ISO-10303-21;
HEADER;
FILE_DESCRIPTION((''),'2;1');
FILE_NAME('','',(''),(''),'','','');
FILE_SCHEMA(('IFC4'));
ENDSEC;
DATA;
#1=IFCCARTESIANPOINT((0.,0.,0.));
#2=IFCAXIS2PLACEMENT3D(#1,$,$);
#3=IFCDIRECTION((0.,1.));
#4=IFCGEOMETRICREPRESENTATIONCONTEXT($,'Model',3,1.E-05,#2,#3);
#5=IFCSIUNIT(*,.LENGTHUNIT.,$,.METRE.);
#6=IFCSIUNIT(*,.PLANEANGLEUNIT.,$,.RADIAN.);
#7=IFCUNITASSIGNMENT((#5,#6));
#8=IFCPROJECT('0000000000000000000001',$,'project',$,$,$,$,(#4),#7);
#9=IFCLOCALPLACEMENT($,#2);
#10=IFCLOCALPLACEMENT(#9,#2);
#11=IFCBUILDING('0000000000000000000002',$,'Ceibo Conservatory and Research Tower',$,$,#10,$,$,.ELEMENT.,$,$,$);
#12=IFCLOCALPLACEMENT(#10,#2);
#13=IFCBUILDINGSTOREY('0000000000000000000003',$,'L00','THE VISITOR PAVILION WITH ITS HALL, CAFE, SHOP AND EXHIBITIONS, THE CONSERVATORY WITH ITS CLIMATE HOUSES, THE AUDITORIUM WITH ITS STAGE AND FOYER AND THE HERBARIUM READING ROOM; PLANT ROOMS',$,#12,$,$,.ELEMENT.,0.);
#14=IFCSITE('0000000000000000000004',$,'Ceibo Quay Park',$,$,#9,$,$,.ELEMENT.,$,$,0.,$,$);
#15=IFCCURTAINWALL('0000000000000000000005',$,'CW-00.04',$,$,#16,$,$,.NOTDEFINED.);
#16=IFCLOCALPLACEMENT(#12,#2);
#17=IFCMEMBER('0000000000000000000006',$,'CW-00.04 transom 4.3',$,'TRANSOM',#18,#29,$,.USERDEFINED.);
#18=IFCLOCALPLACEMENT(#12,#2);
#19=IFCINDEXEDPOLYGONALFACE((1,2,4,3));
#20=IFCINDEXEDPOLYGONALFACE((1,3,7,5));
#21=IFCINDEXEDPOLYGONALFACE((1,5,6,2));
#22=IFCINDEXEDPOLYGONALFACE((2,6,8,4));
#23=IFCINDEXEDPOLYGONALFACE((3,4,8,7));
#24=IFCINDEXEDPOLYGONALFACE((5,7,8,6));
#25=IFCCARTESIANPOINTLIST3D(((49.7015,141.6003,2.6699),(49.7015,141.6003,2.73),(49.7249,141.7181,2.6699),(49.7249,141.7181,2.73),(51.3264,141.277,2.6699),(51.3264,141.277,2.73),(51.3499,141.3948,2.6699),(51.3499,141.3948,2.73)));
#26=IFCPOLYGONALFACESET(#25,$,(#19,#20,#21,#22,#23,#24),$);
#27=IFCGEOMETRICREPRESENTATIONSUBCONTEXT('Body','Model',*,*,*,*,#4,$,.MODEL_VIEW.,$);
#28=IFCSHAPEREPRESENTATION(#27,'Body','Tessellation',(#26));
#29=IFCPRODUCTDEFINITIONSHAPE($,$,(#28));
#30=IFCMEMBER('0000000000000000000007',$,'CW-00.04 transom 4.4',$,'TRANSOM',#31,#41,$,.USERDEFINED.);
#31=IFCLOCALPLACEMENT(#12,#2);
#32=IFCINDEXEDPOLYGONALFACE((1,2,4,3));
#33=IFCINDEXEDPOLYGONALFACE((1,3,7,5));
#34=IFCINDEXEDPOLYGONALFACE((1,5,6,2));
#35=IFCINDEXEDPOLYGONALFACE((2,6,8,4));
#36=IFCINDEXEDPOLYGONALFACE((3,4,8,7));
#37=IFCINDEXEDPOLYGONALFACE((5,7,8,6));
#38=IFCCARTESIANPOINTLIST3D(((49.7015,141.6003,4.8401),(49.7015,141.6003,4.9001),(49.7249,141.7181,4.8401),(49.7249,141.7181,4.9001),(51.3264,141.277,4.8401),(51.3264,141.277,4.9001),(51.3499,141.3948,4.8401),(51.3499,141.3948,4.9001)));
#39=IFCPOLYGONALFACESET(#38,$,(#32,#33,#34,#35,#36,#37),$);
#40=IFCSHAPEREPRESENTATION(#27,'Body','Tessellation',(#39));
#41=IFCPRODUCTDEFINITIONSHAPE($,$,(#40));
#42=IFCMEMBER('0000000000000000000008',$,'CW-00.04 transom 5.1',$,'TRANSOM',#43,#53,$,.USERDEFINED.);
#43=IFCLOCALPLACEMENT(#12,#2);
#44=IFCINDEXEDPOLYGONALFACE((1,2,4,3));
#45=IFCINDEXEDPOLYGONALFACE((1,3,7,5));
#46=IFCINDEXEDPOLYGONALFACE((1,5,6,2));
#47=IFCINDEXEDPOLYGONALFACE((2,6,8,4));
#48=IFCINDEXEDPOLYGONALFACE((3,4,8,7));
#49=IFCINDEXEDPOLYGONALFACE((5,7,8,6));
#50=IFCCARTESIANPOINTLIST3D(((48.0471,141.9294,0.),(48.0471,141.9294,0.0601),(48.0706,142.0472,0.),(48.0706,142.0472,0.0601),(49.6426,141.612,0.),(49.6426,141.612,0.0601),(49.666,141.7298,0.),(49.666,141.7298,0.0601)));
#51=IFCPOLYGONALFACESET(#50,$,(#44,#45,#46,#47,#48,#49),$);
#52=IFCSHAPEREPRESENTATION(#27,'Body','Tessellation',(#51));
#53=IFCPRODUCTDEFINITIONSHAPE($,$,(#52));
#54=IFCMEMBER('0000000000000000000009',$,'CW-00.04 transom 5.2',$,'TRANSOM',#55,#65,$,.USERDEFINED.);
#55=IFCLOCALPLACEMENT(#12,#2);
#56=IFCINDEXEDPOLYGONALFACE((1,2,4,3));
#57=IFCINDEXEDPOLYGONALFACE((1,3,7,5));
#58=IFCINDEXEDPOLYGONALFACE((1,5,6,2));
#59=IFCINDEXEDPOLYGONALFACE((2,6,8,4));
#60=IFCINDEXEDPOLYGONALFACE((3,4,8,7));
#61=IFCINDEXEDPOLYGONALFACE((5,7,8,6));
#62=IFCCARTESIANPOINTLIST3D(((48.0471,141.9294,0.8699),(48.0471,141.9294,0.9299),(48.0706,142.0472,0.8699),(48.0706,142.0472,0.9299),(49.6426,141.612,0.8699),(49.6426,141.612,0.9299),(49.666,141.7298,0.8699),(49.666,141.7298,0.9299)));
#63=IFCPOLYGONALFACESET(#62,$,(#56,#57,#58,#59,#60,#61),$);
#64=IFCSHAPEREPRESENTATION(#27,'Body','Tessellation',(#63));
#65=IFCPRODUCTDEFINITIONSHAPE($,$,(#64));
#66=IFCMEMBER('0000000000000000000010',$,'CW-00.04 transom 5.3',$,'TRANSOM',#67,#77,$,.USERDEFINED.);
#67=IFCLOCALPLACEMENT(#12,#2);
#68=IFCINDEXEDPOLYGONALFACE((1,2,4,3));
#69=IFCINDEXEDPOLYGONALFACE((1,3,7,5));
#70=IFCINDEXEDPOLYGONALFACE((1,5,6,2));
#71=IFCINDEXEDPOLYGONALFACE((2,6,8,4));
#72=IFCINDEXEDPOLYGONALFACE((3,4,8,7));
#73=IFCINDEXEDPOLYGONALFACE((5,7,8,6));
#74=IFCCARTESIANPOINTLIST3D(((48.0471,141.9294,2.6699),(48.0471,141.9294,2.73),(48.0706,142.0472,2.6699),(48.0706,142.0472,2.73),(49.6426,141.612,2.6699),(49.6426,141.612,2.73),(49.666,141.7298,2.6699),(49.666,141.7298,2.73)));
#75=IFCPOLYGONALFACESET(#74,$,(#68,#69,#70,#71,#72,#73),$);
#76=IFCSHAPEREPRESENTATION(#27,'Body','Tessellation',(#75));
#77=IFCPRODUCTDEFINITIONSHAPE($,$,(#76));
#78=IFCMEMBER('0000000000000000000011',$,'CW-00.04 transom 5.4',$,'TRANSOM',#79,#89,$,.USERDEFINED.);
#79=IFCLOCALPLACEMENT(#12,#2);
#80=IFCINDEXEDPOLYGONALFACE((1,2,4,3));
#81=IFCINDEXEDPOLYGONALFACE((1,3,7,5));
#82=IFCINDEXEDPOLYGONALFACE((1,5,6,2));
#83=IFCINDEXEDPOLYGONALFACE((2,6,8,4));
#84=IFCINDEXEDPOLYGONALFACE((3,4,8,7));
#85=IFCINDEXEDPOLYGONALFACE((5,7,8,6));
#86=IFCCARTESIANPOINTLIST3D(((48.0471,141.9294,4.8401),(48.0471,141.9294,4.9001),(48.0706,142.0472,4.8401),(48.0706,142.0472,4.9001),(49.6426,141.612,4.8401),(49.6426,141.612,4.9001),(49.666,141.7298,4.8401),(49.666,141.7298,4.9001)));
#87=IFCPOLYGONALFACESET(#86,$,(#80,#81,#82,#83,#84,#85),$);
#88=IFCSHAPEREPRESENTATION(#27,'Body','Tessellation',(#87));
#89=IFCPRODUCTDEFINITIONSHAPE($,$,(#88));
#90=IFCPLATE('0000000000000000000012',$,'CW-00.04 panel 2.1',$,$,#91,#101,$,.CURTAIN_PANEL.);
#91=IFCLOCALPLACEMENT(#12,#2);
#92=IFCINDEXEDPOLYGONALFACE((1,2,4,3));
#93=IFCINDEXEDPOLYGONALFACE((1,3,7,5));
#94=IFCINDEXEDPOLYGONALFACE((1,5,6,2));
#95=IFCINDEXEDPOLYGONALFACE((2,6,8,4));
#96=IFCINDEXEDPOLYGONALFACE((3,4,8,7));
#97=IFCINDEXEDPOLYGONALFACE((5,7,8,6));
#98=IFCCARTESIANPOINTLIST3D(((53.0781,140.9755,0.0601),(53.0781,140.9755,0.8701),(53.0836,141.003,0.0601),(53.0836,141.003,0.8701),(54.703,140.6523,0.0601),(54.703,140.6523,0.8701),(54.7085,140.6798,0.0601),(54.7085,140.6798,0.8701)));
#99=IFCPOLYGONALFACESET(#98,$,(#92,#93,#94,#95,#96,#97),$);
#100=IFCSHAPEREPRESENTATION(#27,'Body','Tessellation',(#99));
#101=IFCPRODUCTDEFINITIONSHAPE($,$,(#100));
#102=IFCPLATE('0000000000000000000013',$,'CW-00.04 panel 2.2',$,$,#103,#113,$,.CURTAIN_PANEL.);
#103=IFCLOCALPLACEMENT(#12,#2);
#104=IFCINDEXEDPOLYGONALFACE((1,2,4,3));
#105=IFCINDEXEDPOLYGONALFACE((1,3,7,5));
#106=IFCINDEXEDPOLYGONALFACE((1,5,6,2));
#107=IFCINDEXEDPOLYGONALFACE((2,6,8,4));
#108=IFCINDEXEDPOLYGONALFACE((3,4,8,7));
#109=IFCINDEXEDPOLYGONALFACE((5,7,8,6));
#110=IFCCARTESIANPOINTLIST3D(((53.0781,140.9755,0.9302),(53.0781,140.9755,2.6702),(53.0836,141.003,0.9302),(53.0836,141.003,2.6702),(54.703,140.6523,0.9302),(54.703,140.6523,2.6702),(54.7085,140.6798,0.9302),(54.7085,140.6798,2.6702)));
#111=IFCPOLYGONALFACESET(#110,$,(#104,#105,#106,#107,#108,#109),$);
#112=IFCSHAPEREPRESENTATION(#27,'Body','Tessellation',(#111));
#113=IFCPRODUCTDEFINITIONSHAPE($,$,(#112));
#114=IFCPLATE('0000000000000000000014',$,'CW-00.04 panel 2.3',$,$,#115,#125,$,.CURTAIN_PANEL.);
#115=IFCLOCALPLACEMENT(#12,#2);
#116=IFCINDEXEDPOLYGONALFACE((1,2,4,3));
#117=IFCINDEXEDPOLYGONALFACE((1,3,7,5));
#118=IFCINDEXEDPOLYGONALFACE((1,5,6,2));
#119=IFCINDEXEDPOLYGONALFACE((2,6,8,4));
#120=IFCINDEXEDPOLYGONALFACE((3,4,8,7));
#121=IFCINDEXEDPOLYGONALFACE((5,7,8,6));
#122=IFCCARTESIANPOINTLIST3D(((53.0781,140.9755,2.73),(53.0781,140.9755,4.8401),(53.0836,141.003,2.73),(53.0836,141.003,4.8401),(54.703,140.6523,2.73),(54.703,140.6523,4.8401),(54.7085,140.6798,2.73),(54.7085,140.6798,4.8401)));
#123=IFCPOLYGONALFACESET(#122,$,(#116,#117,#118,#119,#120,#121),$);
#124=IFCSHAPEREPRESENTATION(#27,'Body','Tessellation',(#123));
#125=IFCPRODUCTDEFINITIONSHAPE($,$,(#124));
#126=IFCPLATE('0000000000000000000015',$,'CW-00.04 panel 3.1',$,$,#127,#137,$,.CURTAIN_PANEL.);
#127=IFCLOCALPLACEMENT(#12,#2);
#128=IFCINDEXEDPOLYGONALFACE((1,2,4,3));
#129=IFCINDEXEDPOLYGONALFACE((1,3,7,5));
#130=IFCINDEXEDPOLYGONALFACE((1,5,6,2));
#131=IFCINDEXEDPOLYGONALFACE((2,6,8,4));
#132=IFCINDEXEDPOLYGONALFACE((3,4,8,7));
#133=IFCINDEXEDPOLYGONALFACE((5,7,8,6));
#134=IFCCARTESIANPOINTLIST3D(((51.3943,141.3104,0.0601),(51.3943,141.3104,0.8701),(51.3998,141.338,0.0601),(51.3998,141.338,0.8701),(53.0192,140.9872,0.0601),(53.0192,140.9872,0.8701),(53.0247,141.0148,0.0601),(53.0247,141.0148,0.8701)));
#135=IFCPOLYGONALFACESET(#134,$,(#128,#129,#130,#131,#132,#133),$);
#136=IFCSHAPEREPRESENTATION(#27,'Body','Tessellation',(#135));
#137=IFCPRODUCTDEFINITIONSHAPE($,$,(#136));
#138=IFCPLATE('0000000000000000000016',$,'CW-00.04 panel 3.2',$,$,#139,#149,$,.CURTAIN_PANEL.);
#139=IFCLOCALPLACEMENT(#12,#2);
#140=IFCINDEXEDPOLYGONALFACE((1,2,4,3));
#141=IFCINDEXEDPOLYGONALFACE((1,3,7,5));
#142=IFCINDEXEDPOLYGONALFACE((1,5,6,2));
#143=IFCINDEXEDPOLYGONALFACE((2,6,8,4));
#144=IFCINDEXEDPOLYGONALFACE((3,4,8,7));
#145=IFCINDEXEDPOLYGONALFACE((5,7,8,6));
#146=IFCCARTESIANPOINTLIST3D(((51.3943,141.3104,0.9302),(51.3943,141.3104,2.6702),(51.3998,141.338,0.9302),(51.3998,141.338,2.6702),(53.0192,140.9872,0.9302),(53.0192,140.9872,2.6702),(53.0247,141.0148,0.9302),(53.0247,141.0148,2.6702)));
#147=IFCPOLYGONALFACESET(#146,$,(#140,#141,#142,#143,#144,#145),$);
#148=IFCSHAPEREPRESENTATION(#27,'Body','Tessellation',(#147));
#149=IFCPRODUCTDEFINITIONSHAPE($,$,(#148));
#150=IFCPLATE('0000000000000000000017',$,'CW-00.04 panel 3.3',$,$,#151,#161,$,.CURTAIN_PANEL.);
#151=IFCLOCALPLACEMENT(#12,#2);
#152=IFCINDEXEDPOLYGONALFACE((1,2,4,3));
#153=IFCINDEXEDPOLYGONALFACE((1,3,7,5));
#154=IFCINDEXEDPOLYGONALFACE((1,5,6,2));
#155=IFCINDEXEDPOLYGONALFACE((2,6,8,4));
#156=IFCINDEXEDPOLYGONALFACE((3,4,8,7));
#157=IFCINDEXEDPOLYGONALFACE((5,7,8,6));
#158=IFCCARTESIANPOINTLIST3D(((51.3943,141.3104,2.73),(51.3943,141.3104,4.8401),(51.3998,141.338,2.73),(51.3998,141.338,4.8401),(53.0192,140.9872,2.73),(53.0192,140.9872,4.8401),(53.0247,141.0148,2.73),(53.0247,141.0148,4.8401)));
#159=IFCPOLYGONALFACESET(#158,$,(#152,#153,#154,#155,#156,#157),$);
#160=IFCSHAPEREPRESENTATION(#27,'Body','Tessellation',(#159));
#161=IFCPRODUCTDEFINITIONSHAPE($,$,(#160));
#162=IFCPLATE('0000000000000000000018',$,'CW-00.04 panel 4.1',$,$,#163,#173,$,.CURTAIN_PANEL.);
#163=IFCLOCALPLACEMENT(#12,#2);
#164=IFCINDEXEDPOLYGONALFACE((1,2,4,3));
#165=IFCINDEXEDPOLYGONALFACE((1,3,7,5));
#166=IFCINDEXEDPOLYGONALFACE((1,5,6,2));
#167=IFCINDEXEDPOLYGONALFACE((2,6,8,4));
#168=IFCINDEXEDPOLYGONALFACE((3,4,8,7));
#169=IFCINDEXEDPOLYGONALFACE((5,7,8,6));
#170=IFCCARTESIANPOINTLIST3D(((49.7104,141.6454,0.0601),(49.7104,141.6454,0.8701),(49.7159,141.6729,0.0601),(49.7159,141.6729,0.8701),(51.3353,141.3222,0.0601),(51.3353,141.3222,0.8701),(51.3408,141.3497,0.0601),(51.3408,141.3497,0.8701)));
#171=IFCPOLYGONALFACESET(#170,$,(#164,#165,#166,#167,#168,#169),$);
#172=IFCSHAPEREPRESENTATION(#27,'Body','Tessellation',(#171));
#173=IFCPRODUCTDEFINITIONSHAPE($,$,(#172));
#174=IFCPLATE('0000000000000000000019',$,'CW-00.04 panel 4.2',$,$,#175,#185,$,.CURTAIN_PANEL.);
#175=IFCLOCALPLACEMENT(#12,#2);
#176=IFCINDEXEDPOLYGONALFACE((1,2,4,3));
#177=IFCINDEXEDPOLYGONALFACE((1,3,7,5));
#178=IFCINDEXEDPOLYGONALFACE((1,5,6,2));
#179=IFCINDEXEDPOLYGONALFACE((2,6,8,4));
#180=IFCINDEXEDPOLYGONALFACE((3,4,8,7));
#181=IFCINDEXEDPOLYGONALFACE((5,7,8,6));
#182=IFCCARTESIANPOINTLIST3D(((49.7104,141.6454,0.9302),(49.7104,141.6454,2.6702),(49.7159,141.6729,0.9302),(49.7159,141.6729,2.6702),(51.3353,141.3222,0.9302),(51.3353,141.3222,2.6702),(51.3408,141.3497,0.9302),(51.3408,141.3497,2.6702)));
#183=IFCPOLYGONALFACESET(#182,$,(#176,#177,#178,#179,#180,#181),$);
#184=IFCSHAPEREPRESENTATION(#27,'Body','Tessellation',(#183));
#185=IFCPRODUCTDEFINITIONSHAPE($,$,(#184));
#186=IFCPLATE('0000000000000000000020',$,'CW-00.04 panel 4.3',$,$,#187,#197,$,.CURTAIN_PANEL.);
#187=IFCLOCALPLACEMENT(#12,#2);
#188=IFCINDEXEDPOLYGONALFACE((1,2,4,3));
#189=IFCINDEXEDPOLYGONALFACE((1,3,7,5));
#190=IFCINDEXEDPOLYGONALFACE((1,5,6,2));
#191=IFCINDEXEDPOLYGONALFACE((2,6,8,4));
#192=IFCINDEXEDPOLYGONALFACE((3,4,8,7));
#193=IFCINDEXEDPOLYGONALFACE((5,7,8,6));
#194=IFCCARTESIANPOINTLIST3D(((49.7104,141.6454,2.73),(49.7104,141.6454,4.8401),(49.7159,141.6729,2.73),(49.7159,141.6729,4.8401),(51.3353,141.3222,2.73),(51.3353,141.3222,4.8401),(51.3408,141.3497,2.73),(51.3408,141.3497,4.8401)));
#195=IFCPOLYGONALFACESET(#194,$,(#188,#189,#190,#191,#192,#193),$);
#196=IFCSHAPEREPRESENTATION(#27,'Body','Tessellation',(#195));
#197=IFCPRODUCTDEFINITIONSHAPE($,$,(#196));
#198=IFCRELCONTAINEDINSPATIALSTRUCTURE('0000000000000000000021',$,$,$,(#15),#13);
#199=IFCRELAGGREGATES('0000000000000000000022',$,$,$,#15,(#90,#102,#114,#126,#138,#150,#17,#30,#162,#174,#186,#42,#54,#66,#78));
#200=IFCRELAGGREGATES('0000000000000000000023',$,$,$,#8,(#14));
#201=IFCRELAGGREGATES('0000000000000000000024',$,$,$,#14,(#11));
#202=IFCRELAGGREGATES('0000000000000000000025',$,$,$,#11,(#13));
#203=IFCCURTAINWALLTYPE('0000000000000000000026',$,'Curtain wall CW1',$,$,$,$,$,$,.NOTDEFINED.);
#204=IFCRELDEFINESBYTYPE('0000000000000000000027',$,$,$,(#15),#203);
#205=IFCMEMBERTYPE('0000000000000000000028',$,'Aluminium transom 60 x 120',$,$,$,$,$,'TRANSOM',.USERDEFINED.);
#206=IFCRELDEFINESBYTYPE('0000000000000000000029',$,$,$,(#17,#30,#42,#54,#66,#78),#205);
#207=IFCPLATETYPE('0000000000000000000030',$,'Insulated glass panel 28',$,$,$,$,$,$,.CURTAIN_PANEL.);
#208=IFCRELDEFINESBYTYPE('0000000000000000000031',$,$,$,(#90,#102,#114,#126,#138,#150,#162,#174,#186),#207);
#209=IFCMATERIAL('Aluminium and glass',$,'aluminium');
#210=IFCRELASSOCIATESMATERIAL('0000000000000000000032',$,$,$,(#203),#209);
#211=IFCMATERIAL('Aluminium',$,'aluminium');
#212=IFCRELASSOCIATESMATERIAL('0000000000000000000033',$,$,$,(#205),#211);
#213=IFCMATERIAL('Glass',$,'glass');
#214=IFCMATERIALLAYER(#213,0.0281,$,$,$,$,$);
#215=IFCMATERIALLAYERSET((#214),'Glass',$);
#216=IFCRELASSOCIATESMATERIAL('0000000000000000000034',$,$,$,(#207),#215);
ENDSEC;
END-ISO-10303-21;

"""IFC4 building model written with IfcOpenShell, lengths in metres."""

from ifc_helpers import new_model, si_unit, direction, frame, origin, origin_2d, place, context, subcontext, project, spatial, rectangle, extrude, material, layer, layer_set, material_profile, profile_set, type_object, element, aggregate, save


model = new_model("IFC4")

# Units and contexts
model_context = context("Model", 3, precision=1e-05, world=origin(), true_north=direction((0.0, 1.0)))
body_context = subcontext(model_context, "Body", "Model", "MODEL_VIEW")
ifc_project = project(units=[si_unit("LENGTHUNIT", "METRE"), si_unit("PLANEANGLEUNIT", "RADIAN")], contexts=[model_context])

# Site, building, storey
site_placement = place(None, origin())
site = spatial("IfcSite", under=ifc_project, at=site_placement, Name="Ceibo Quay Park", CompositionType="ELEMENT", RefElevation=0.0)
building_placement = place(site_placement, origin())
building = spatial("IfcBuilding", under=site, at=building_placement, Name="Ceibo Conservatory and Research Tower", CompositionType="ELEMENT")
storey_placement = place(building_placement, origin())
storey = spatial("IfcBuildingStorey", under=building, at=storey_placement, Name="L00", Description="THE VISITOR PAVILION WITH ITS HALL, CAFE, SHOP AND EXHIBITIONS, THE CONSERVATORY WITH ITS CLIMATE HOUSES, THE AUDITORIUM WITH ITS STAGE AND FOYER AND THE HERBARIUM READING ROOM; PLANT ROOMS", CompositionType="ELEMENT", Elevation=0.0)

# Curtain wall, members, plates
ifc_material_1 = material(Name="Aluminium and glass", Category="aluminium")
curtain_wall_type = type_object("IfcCurtainWallType", Name="Curtain wall CW1", PredefinedType="NOTDEFINED", material=ifc_material_1)
curtain_wall_placement = place(storey_placement, origin())
curtain_wall = element("IfcCurtainWall", 1, at=curtain_wall_placement, inside=storey, type_object=curtain_wall_type, Name="CW-00.04", PredefinedType="NOTDEFINED")
ifc_material_2 = material(Name="Aluminium", Category="aluminium")
ifc_material_profile_1 = material_profile(ifc_material_2, rectangle(XDim=0.1201, YDim=0.0601, at=origin_2d()), Name="Aluminium 60 x 120")
ifc_profile_set_1 = profile_set([ifc_material_profile_1], Name="Aluminium")
member_type_1 = type_object("IfcMemberType", Name="Aluminium transom 60 x 120", ElementType="TRANSOM", PredefinedType="USERDEFINED", material=ifc_profile_set_1)
member_1_placement = place(storey_placement, frame((51.3381, 141.3359, 2.7), z_axis=(-0.980784, 0.195096, 0.0), x_axis=(-0.195096, -0.980784, 0.0)))
member_1 = element("IfcMember", 2, at=member_1_placement, type_object=member_type_1, Name="CW-00.04 transom 4.3", ObjectType="TRANSOM", PredefinedType="USERDEFINED", context=body_context, shape_type="SweptSolid", body=[
    extrude(rectangle(XDim=0.1201, YDim=0.0601, at=origin_2d()), origin(), (0.0, 0.0, 1.0), 1.6567),
])
member_2_placement = place(storey_placement, frame((51.3381, 141.3359, 4.8701), z_axis=(-0.980784, 0.195096, 0.0), x_axis=(-0.195096, -0.980784, 0.0)))
member_2 = element("IfcMember", 3, at=member_2_placement, type_object=member_type_1, Name="CW-00.04 transom 4.4", ObjectType="TRANSOM", PredefinedType="USERDEFINED", context=body_context, shape_type="SweptSolid", body=[
    extrude(rectangle(XDim=0.1201, YDim=0.0601, at=origin_2d()), origin(), (0.0, 0.0, 1.0), 1.6567),
])
member_3_placement = place(storey_placement, frame((49.6543, 141.6709, 0.03), z_axis=(-0.980782, 0.195106, 0.0), x_axis=(-0.195106, -0.980782, 0.0)))
member_3 = element("IfcMember", 4, at=member_3_placement, type_object=member_type_1, Name="CW-00.04 transom 5.1", ObjectType="TRANSOM", PredefinedType="USERDEFINED", context=body_context, shape_type="SweptSolid", body=[
    extrude(rectangle(XDim=0.1201, YDim=0.0601, at=origin_2d()), origin(), (0.0, 0.0, 1.0), 1.6267),
])
member_4_placement = place(storey_placement, frame((49.6543, 141.6709, 0.8999), z_axis=(-0.980782, 0.195106, 0.0), x_axis=(-0.195106, -0.980782, 0.0)))
member_4 = element("IfcMember", 5, at=member_4_placement, type_object=member_type_1, Name="CW-00.04 transom 5.2", ObjectType="TRANSOM", PredefinedType="USERDEFINED", context=body_context, shape_type="SweptSolid", body=[
    extrude(rectangle(XDim=0.1201, YDim=0.0601, at=origin_2d()), origin(), (0.0, 0.0, 1.0), 1.6267),
])
member_5_placement = place(storey_placement, frame((49.6543, 141.6709, 2.7), z_axis=(-0.980782, 0.195106, 0.0), x_axis=(-0.195106, -0.980782, 0.0)))
member_5 = element("IfcMember", 6, at=member_5_placement, type_object=member_type_1, Name="CW-00.04 transom 5.3", ObjectType="TRANSOM", PredefinedType="USERDEFINED", context=body_context, shape_type="SweptSolid", body=[
    extrude(rectangle(XDim=0.1201, YDim=0.0601, at=origin_2d()), origin(), (0.0, 0.0, 1.0), 1.6267),
])
member_6_placement = place(storey_placement, frame((49.6543, 141.6709, 4.8701), z_axis=(-0.980782, 0.195106, 0.0), x_axis=(-0.195106, -0.980782, 0.0)))
member_6 = element("IfcMember", 7, at=member_6_placement, type_object=member_type_1, Name="CW-00.04 transom 5.4", ObjectType="TRANSOM", PredefinedType="USERDEFINED", context=body_context, shape_type="SweptSolid", body=[
    extrude(rectangle(XDim=0.1201, YDim=0.0601, at=origin_2d()), origin(), (0.0, 0.0, 1.0), 1.6267),
])
ifc_material_3 = material(Name="Glass", Category="glass")
ifc_layer = layer(ifc_material_3, 0.0281)
ifc_layer_set = layer_set([ifc_layer], Name="Glass")
plate_type = type_object("IfcPlateType", Name="Insulated glass panel 28", PredefinedType="CURTAIN_PANEL", material=ifc_layer_set)
plate_1_placement = place(storey_placement, frame((53.8933, 140.8276, 0.0601), z_axis=(0.0, 0.0, 1.0), x_axis=(-0.980785, 0.19509, 0.0)))
plate_1 = element("IfcPlate", 8, at=plate_1_placement, type_object=plate_type, Name="CW-00.04 panel 2.1", PredefinedType="CURTAIN_PANEL", context=body_context, shape_type="SweptSolid", body=[
    extrude(rectangle(XDim=1.6567, YDim=0.0281, at=origin_2d()), origin(), (0.0, 0.0, 1.0), 0.8101),
])
plate_2_placement = place(storey_placement, frame((53.8933, 140.8276, 0.9302), z_axis=(0.0, 0.0, 1.0), x_axis=(-0.980785, 0.19509, 0.0)))
plate_2 = element("IfcPlate", 9, at=plate_2_placement, type_object=plate_type, Name="CW-00.04 panel 2.2", PredefinedType="CURTAIN_PANEL", context=body_context, shape_type="SweptSolid", body=[
    extrude(rectangle(XDim=1.6567, YDim=0.0281, at=origin_2d()), origin(), (0.0, 0.0, 1.0), 1.74),
])
plate_3_placement = place(storey_placement, frame((53.8933, 140.8276, 2.73), z_axis=(0.0, 0.0, 1.0), x_axis=(-0.980785, 0.19509, 0.0)))
plate_3 = element("IfcPlate", 10, at=plate_3_placement, type_object=plate_type, Name="CW-00.04 panel 2.3", PredefinedType="CURTAIN_PANEL", context=body_context, shape_type="SweptSolid", body=[
    extrude(rectangle(XDim=1.6567, YDim=0.0281, at=origin_2d()), origin(), (0.0, 0.0, 1.0), 2.1101),
])
plate_4_placement = place(storey_placement, frame((52.2095, 141.1626, 0.0601), z_axis=(0.0, 0.0, 1.0), x_axis=(-0.980785, 0.19509, 0.0)))
plate_4 = element("IfcPlate", 11, at=plate_4_placement, type_object=plate_type, Name="CW-00.04 panel 3.1", PredefinedType="CURTAIN_PANEL", context=body_context, shape_type="SweptSolid", body=[
    extrude(rectangle(XDim=1.6567, YDim=0.0281, at=origin_2d()), origin(), (0.0, 0.0, 1.0), 0.8101),
])
plate_5_placement = place(storey_placement, frame((52.2095, 141.1626, 0.9302), z_axis=(0.0, 0.0, 1.0), x_axis=(-0.980785, 0.19509, 0.0)))
plate_5 = element("IfcPlate", 12, at=plate_5_placement, type_object=plate_type, Name="CW-00.04 panel 3.2", PredefinedType="CURTAIN_PANEL", context=body_context, shape_type="SweptSolid", body=[
    extrude(rectangle(XDim=1.6567, YDim=0.0281, at=origin_2d()), origin(), (0.0, 0.0, 1.0), 1.74),
])
plate_6_placement = place(storey_placement, frame((52.2095, 141.1626, 2.73), z_axis=(0.0, 0.0, 1.0), x_axis=(-0.980785, 0.19509, 0.0)))
plate_6 = element("IfcPlate", 13, at=plate_6_placement, type_object=plate_type, Name="CW-00.04 panel 3.3", PredefinedType="CURTAIN_PANEL", context=body_context, shape_type="SweptSolid", body=[
    extrude(rectangle(XDim=1.6567, YDim=0.0281, at=origin_2d()), origin(), (0.0, 0.0, 1.0), 2.1101),
])
plate_7_placement = place(storey_placement, frame((50.5256, 141.4976, 0.0601), z_axis=(0.0, 0.0, 1.0), x_axis=(-0.980785, 0.19509, 0.0)))
plate_7 = element("IfcPlate", 14, at=plate_7_placement, type_object=plate_type, Name="CW-00.04 panel 4.1", PredefinedType="CURTAIN_PANEL", context=body_context, shape_type="SweptSolid", body=[
    extrude(rectangle(XDim=1.6567, YDim=0.0281, at=origin_2d()), origin(), (0.0, 0.0, 1.0), 0.8101),
])
plate_8_placement = place(storey_placement, frame((50.5256, 141.4976, 0.9302), z_axis=(0.0, 0.0, 1.0), x_axis=(-0.980785, 0.19509, 0.0)))
plate_8 = element("IfcPlate", 15, at=plate_8_placement, type_object=plate_type, Name="CW-00.04 panel 4.2", PredefinedType="CURTAIN_PANEL", context=body_context, shape_type="SweptSolid", body=[
    extrude(rectangle(XDim=1.6567, YDim=0.0281, at=origin_2d()), origin(), (0.0, 0.0, 1.0), 1.74),
])
plate_9_placement = place(storey_placement, frame((50.5256, 141.4976, 2.73), z_axis=(0.0, 0.0, 1.0), x_axis=(-0.980785, 0.19509, 0.0)))
plate_9 = element("IfcPlate", 16, at=plate_9_placement, type_object=plate_type, Name="CW-00.04 panel 4.3", PredefinedType="CURTAIN_PANEL", context=body_context, shape_type="SweptSolid", body=[
    extrude(rectangle(XDim=1.6567, YDim=0.0281, at=origin_2d()), origin(), (0.0, 0.0, 1.0), 2.1101),
])
aggregate(curtain_wall, [plate_1, plate_2, plate_3, plate_4, plate_5, plate_6, member_1, member_2, plate_7, plate_8, plate_9, member_3, member_4, member_5, member_6])

save(model, "model.ifc")
